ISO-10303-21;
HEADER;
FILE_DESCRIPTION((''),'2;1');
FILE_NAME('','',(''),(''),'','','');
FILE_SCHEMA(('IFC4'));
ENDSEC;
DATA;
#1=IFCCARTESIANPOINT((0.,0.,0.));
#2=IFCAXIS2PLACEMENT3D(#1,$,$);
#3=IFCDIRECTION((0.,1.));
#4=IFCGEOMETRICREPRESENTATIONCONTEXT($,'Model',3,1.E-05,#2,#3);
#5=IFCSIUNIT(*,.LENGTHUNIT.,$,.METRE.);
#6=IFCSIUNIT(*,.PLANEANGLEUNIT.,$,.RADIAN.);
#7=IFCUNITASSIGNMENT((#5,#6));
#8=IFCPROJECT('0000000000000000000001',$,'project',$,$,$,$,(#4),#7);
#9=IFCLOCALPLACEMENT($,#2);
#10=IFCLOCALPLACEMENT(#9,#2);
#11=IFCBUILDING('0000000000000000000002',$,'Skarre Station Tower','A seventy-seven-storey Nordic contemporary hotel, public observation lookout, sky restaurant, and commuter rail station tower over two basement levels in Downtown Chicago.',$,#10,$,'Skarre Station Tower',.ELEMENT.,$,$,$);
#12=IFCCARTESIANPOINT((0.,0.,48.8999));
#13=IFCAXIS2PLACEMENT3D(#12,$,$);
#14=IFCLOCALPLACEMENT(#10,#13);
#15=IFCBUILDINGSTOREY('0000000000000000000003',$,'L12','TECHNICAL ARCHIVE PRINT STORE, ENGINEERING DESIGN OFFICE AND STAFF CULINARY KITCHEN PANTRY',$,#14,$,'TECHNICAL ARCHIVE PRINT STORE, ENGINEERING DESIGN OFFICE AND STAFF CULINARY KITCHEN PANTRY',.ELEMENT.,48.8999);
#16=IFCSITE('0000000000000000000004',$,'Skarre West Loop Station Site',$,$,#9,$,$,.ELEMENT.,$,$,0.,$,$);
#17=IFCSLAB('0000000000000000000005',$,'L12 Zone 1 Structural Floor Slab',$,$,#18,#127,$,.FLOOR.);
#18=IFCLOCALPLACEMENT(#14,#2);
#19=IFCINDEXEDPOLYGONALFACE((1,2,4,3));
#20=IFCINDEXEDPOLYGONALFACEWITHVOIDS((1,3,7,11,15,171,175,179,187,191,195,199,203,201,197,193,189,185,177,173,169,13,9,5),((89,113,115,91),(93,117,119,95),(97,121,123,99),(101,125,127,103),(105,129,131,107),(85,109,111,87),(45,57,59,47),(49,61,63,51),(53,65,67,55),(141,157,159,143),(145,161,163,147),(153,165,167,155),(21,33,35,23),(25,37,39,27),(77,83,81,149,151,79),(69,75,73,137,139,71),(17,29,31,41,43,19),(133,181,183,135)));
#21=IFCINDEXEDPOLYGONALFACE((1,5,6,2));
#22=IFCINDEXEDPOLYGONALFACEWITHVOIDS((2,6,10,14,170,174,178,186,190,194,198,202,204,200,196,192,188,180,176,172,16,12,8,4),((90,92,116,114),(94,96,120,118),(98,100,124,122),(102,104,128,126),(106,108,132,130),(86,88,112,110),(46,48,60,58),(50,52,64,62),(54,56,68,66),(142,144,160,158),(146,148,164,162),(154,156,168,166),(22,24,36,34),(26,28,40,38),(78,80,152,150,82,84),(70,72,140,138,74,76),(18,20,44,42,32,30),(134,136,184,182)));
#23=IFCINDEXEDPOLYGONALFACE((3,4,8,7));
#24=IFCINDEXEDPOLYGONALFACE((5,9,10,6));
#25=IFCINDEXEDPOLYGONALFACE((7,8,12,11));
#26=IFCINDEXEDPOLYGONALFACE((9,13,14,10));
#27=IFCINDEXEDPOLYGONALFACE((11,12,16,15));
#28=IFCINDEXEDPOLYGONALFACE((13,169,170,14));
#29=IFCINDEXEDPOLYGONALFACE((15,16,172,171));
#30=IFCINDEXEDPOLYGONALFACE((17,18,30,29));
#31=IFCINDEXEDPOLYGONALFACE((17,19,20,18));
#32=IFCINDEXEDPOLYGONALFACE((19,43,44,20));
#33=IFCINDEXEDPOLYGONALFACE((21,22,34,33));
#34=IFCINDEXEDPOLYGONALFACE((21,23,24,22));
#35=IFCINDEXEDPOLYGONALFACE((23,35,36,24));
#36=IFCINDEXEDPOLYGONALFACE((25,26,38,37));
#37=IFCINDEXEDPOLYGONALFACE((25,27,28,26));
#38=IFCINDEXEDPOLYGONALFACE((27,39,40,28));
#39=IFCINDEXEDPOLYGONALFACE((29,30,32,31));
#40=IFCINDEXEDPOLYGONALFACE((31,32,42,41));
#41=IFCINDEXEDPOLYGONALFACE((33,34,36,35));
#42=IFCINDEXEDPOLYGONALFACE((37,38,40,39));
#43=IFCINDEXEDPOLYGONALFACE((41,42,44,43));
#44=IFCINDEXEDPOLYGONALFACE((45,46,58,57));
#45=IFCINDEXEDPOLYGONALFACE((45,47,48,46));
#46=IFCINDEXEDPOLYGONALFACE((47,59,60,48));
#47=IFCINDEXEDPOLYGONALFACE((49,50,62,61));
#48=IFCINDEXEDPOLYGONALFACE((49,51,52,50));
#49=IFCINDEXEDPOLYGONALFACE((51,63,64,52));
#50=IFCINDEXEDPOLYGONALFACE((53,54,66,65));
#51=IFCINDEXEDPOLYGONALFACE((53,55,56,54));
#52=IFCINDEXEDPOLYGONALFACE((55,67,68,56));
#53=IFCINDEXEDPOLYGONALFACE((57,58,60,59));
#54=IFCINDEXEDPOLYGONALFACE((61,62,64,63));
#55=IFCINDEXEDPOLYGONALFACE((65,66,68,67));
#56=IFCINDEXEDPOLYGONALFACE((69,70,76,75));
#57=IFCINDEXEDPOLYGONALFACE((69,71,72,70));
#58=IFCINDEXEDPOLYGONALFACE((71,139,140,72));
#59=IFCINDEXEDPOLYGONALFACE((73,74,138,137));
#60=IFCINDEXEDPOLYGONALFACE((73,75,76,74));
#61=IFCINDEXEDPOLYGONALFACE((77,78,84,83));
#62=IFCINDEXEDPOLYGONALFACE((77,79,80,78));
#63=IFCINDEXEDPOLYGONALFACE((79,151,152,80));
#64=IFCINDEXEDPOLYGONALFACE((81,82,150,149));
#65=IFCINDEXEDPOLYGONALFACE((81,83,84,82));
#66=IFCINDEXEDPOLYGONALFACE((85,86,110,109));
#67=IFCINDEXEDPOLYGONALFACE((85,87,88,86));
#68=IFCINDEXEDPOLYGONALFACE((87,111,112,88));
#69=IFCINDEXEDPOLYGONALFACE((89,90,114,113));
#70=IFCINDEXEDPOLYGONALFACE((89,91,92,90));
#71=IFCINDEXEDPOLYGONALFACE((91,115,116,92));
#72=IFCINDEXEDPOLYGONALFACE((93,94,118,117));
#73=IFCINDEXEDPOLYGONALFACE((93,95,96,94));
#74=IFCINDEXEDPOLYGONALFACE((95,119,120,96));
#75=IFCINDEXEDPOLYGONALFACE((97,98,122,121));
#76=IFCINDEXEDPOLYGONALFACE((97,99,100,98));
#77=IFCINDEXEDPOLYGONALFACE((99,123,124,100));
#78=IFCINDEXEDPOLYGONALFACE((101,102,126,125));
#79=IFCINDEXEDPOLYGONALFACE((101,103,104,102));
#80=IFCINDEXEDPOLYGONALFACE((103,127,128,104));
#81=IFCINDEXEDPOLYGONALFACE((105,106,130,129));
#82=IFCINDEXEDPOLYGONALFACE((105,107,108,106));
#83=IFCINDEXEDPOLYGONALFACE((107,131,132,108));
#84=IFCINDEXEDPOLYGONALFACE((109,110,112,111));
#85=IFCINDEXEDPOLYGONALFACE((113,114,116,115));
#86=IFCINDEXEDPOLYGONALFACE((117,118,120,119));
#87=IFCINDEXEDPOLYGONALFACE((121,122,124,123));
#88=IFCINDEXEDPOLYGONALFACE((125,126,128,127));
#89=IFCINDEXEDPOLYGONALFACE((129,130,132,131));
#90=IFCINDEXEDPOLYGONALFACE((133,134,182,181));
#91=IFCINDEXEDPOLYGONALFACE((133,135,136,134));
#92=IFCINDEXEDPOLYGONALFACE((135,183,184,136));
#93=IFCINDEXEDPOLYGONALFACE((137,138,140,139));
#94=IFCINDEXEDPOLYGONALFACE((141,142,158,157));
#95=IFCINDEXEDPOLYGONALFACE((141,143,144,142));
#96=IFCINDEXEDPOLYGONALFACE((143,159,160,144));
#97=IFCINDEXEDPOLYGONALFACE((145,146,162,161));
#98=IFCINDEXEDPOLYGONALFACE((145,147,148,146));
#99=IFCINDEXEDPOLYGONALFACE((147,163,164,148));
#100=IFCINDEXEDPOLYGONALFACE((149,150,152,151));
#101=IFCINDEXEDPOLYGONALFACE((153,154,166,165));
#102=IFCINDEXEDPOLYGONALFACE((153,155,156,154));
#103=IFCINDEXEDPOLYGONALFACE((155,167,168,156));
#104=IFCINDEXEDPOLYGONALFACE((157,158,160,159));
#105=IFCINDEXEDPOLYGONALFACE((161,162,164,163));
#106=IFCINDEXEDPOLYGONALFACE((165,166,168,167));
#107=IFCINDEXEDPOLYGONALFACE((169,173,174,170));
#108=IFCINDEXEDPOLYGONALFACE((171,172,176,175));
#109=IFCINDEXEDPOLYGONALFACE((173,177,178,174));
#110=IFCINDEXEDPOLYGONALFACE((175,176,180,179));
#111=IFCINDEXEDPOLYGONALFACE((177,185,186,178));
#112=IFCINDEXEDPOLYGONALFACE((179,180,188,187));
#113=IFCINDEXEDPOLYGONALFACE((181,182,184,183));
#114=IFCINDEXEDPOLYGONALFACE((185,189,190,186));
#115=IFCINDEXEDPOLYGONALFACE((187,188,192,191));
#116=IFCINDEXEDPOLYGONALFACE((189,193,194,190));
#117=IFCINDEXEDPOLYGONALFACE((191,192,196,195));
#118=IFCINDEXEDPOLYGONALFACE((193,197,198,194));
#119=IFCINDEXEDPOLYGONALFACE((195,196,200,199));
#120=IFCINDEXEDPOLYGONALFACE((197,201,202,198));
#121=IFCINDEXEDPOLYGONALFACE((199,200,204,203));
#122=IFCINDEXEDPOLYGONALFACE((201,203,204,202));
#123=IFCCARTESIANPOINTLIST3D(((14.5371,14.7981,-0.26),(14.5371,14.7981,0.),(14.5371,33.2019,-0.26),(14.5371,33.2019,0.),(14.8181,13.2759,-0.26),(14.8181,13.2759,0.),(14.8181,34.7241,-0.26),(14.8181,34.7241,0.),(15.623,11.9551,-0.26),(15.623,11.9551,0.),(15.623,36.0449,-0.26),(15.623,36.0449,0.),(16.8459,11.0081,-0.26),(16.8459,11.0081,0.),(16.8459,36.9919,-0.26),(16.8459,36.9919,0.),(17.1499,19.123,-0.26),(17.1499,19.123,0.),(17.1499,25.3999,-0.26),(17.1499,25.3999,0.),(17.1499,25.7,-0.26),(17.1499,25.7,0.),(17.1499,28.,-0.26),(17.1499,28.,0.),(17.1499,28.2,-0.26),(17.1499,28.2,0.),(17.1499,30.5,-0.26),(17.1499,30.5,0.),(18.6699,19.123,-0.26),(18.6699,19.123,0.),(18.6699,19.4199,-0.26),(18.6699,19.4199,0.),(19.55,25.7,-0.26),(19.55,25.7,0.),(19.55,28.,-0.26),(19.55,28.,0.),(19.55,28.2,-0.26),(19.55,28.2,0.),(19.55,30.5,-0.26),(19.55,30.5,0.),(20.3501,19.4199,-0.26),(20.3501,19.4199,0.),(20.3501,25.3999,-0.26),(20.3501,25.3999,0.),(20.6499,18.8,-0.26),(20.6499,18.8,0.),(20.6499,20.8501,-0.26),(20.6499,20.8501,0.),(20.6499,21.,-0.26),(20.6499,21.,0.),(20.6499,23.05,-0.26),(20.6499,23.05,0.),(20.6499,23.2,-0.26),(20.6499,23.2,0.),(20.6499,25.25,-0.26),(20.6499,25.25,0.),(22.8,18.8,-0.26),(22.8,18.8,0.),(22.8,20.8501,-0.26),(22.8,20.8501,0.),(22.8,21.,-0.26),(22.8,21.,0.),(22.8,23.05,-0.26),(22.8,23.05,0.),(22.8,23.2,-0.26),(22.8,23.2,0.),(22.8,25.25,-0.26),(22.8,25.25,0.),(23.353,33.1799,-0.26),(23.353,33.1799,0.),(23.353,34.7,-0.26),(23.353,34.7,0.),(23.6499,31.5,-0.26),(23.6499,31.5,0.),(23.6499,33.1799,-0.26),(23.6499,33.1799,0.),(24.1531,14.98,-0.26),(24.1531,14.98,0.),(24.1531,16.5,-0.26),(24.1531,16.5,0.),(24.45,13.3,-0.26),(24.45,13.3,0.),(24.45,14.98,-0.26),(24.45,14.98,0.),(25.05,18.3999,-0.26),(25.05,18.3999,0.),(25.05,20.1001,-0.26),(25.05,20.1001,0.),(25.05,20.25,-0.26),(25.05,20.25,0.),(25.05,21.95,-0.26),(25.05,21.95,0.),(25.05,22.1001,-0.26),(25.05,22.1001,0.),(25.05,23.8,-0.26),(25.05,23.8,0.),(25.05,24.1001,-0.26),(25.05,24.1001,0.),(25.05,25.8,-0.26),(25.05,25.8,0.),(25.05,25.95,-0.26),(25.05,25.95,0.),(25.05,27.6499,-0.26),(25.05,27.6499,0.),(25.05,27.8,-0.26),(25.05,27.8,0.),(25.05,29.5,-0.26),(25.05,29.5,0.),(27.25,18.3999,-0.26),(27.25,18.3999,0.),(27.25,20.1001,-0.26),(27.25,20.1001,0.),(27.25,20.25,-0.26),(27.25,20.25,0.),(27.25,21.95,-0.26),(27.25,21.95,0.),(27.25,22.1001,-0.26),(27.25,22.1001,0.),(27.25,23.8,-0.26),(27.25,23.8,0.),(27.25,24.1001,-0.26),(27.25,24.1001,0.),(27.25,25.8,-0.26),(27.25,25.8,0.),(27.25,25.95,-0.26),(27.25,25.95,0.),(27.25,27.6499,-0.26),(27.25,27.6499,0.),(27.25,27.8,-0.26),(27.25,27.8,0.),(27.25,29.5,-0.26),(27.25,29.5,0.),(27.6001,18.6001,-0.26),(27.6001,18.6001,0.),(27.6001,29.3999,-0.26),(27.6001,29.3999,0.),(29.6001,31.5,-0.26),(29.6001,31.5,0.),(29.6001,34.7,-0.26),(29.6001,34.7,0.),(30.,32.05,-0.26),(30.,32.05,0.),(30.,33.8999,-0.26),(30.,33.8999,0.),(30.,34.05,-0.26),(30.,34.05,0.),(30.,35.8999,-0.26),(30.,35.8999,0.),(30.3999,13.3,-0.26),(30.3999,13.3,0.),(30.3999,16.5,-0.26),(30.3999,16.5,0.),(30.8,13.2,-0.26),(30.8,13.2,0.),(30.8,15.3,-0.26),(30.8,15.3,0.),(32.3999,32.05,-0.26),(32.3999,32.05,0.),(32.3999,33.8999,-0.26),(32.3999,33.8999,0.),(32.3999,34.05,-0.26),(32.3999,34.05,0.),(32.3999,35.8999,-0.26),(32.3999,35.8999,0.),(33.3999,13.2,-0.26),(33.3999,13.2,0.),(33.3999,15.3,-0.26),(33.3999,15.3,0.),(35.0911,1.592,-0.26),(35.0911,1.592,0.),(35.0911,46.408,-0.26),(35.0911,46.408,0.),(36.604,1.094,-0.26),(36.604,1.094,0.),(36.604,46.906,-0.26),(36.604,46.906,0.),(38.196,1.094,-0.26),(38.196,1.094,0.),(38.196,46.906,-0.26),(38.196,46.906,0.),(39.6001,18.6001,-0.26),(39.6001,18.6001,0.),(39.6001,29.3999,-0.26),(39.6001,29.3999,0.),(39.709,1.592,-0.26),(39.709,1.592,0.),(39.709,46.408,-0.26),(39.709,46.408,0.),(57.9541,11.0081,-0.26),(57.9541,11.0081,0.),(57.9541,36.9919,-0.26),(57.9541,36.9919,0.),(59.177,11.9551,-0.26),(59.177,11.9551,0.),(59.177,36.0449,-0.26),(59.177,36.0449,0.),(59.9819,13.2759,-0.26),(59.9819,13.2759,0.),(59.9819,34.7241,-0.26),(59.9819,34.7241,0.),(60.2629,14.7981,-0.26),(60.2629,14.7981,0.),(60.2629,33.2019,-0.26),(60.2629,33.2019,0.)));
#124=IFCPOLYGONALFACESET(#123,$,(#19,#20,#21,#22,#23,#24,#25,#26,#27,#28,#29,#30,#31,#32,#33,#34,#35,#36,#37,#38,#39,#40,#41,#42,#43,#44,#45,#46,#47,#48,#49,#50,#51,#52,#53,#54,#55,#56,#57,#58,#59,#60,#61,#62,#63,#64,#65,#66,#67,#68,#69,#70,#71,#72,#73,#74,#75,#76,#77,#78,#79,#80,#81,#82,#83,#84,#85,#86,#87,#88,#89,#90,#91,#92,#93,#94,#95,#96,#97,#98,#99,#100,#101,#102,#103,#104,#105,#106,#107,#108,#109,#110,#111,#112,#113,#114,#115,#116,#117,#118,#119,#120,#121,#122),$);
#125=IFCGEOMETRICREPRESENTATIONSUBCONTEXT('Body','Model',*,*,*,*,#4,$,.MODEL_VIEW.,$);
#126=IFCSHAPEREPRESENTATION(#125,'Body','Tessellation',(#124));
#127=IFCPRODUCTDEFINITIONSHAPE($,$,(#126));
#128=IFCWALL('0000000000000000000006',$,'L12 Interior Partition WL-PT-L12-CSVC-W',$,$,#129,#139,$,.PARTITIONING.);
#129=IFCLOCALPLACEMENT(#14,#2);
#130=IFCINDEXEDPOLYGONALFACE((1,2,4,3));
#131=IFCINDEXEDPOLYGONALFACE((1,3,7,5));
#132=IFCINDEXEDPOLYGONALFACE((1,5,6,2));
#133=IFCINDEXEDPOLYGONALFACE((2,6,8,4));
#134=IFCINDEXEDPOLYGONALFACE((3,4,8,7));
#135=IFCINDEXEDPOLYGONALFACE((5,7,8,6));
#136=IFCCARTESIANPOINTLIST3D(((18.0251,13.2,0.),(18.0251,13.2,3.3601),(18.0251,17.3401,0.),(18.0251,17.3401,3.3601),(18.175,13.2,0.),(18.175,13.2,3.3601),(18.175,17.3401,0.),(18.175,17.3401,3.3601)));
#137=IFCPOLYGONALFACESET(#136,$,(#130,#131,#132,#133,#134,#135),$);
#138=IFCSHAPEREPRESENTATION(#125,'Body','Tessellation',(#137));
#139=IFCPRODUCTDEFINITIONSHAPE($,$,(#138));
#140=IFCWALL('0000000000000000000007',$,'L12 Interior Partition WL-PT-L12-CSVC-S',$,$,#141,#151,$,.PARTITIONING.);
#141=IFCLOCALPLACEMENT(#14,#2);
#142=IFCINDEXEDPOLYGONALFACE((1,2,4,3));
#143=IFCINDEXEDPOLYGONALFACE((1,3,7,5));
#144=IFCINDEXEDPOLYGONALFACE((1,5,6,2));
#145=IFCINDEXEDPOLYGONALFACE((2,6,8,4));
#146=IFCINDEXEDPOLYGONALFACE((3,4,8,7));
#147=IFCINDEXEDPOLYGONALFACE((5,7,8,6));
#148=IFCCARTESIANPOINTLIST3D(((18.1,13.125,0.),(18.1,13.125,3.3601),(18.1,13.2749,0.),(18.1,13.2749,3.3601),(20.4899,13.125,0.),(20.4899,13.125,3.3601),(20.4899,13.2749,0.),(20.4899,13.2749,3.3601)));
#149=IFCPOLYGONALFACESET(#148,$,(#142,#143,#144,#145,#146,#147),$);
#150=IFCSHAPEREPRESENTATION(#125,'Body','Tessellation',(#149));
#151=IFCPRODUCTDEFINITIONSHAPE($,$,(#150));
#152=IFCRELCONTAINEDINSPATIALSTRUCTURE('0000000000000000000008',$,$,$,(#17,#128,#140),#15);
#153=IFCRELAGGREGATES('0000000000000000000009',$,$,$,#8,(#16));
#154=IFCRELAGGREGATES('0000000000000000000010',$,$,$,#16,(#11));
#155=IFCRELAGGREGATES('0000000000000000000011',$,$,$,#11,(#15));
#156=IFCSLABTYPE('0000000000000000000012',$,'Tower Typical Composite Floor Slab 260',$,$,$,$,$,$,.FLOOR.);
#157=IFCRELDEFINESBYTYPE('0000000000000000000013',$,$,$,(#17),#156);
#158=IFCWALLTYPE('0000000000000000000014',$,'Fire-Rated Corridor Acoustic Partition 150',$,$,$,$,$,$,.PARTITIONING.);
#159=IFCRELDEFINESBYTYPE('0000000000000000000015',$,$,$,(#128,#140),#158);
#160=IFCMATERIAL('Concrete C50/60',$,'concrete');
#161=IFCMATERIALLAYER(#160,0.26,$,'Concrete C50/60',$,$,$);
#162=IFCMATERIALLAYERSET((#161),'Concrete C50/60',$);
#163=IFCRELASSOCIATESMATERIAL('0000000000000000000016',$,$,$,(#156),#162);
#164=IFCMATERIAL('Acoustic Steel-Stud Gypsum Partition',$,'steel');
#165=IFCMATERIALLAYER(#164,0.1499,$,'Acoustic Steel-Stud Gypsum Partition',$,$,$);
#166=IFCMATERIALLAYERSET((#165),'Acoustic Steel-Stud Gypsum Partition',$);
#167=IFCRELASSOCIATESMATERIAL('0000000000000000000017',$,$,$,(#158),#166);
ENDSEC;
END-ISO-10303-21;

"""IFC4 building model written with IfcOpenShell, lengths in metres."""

from ifc_helpers import new_model, si_unit, direction, frame, frame_2d, origin, place, context, subcontext, project, spatial, polyline, rectangle, outline, extrude, material, layer, layer_set, type_object, element, save


model = new_model("IFC4")

# Units and contexts
model_context = context("Model", 3, precision=1e-05, world=origin(), true_north=direction((0.0, 1.0)))
body_context = subcontext(model_context, "Body", "Model", "MODEL_VIEW")
ifc_project = project(units=[si_unit("LENGTHUNIT", "METRE"), si_unit("PLANEANGLEUNIT", "RADIAN")], contexts=[model_context])

# Site, building, storey
site_placement = place(None, origin())
site = spatial("IfcSite", under=ifc_project, at=site_placement, Name="Skarre West Loop Station Site", CompositionType="ELEMENT", RefElevation=0.0)
building_placement = place(site_placement, origin())
building = spatial("IfcBuilding", under=site, at=building_placement, Name="Skarre Station Tower", Description="A seventy-seven-storey Nordic contemporary hotel, public observation lookout, sky restaurant, and commuter rail station tower over two basement levels in Downtown Chicago.", LongName="Skarre Station Tower", CompositionType="ELEMENT")
storey_placement = place(building_placement, frame((0.0, 0.0, 48.8999)))
storey = spatial("IfcBuildingStorey", under=building, at=storey_placement, Name="L12", Description="TECHNICAL ARCHIVE PRINT STORE, ENGINEERING DESIGN OFFICE AND STAFF CULINARY KITCHEN PANTRY", LongName="TECHNICAL ARCHIVE PRINT STORE, ENGINEERING DESIGN OFFICE AND STAFF CULINARY KITCHEN PANTRY", CompositionType="ELEMENT", Elevation=48.8999)

# Slab
ifc_material_1 = material(Name="Concrete C50/60", Category="concrete")
ifc_layer_1 = layer(ifc_material_1, 0.26, Name="Concrete C50/60")
ifc_layer_set_1 = layer_set([ifc_layer_1], Name="Concrete C50/60")
slab_type_1 = type_object("IfcSlabType", Name="Tower Typical Composite Floor Slab 260", PredefinedType="FLOOR", material=ifc_layer_set_1)
slab_1_placement = place(storey_placement, frame((0.0, 0.0, -0.26)))
element("IfcSlab", 1, at=slab_1_placement, inside=storey, type_object=slab_type_1, Name="L12 Zone 1 Structural Floor Slab", PredefinedType="FLOOR", context=body_context, shape_type="SweptSolid", body=[
    extrude(outline(polyline([(60.2629, 33.2019), (59.9819, 34.7241), (59.177, 36.0449), (57.9541, 36.9919), (39.709, 46.408), (38.196, 46.906), (36.604, 46.906), (35.0911, 46.408), (16.8459, 36.9919), (15.623, 36.0449), (14.8181, 34.7241), (14.5371, 33.2019), (14.5371, 14.7981), (14.8181, 13.2759), (15.623, 11.9551), (16.8459, 11.0081), (35.0911, 1.592), (36.604, 1.094), (38.196, 1.094), (39.709, 1.592), (57.9541, 11.0081), (59.177, 11.9551), (59.9819, 13.2759), (60.2629, 14.7981), (60.2629, 33.2019)]), holes=[polyline([(18.6699, 19.4199), (18.6699, 19.123), (17.1499, 19.123), (17.1499, 25.3999), (20.3501, 25.3999), (20.3501, 19.4199), (18.6699, 19.4199)]), polyline([(24.45, 14.98), (24.1531, 14.98), (24.1531, 16.5), (30.3999, 16.5), (30.3999, 13.3), (24.45, 13.3), (24.45, 14.98)]), polyline([(23.6499, 33.1799), (23.353, 33.1799), (23.353, 34.7), (29.6001, 34.7), (29.6001, 31.5), (23.6499, 31.5), (23.6499, 33.1799)]), polyline([(17.1499, 28.0), (19.55, 28.0), (19.55, 25.7), (17.1499, 25.7), (17.1499, 28.0)]), polyline([(17.1499, 30.5), (19.55, 30.5), (19.55, 28.2), (17.1499, 28.2), (17.1499, 30.5)]), polyline([(30.8, 15.3), (33.3999, 15.3), (33.3999, 13.2), (30.8, 13.2), (30.8, 15.3)]), polyline([(25.05, 20.1001), (27.25, 20.1001), (27.25, 18.3999), (25.05, 18.3999), (25.05, 20.1001)]), polyline([(25.05, 21.95), (27.25, 21.95), (27.25, 20.25), (25.05, 20.25), (25.05, 21.95)]), polyline([(25.05, 23.8), (27.25, 23.8), (27.25, 22.1001), (25.05, 22.1001), (25.05, 23.8)]), polyline([(25.05, 25.8), (27.25, 25.8), (27.25, 24.1001), (25.05, 24.1001), (25.05, 25.8)]), polyline([(25.05, 27.6499), (27.25, 27.6499), (27.25, 25.95), (25.05, 25.95), (25.05, 27.6499)]), polyline([(25.05, 29.5), (27.25, 29.5), (27.25, 27.8), (25.05, 27.8), (25.05, 29.5)]), polyline([(20.6499, 20.8501), (22.8, 20.8501), (22.8, 18.8), (20.6499, 18.8), (20.6499, 20.8501)]), polyline([(20.6499, 23.05), (22.8, 23.05), (22.8, 21.0), (20.6499, 21.0), (20.6499, 23.05)]), polyline([(20.6499, 25.25), (22.8, 25.25), (22.8, 23.2), (20.6499, 23.2), (20.6499, 25.25)]), polyline([(30.0, 33.8999), (32.3999, 33.8999), (32.3999, 32.05), (30.0, 32.05), (30.0, 33.8999)]), polyline([(30.0, 35.8999), (32.3999, 35.8999), (32.3999, 34.05), (30.0, 34.05), (30.0, 35.8999)]), polyline([(27.6001, 29.3999), (39.6001, 29.3999), (39.6001, 18.6001), (27.6001, 18.6001), (27.6001, 29.3999)])]), origin(), (0.0, 0.0, 1.0), 0.26),
])

# Walls
ifc_material_2 = material(Name="Acoustic Steel-Stud Gypsum Partition", Category="steel")
ifc_layer_2 = layer(ifc_material_2, 0.1499, Name="Acoustic Steel-Stud Gypsum Partition")
ifc_layer_set_2 = layer_set([ifc_layer_2], Name="Acoustic Steel-Stud Gypsum Partition")
wall_type_1 = type_object("IfcWallType", Name="Fire-Rated Corridor Acoustic Partition 150", PredefinedType="PARTITIONING", material=ifc_layer_set_2)
wall_1_placement = place(storey_placement, frame((18.1001, 17.3401, 0.0), z_axis=(0.0, 0.0, 1.0), x_axis=(0.0, -1.0, 0.0)))
element("IfcWall", 2, at=wall_1_placement, inside=storey, type_object=wall_type_1, Name="L12 Interior Partition WL-PT-L12-CSVC-W", PredefinedType="PARTITIONING", context=body_context, shape_type="SweptSolid", body=[
    extrude(rectangle(XDim=4.1401, YDim=0.1499, at=frame_2d((2.0701, 0.0))), origin(), (0.0, 0.0, 1.0), 3.3601),
])
wall_2_placement = place(storey_placement, frame((18.1001, 13.2, 0.0), z_axis=(0.0, 0.0, 1.0), x_axis=(1.0, 0.0, 0.0)))
element("IfcWall", 3, at=wall_2_placement, inside=storey, type_object=wall_type_1, Name="L12 Interior Partition WL-PT-L12-CSVC-S", PredefinedType="PARTITIONING", context=body_context, shape_type="SweptSolid", body=[
    extrude(rectangle(XDim=2.3899, YDim=0.1499, at=frame_2d((1.1948, 0.0))), origin(), (0.0, 0.0, 1.0), 3.3601),
])

save(model, "model.ifc")
